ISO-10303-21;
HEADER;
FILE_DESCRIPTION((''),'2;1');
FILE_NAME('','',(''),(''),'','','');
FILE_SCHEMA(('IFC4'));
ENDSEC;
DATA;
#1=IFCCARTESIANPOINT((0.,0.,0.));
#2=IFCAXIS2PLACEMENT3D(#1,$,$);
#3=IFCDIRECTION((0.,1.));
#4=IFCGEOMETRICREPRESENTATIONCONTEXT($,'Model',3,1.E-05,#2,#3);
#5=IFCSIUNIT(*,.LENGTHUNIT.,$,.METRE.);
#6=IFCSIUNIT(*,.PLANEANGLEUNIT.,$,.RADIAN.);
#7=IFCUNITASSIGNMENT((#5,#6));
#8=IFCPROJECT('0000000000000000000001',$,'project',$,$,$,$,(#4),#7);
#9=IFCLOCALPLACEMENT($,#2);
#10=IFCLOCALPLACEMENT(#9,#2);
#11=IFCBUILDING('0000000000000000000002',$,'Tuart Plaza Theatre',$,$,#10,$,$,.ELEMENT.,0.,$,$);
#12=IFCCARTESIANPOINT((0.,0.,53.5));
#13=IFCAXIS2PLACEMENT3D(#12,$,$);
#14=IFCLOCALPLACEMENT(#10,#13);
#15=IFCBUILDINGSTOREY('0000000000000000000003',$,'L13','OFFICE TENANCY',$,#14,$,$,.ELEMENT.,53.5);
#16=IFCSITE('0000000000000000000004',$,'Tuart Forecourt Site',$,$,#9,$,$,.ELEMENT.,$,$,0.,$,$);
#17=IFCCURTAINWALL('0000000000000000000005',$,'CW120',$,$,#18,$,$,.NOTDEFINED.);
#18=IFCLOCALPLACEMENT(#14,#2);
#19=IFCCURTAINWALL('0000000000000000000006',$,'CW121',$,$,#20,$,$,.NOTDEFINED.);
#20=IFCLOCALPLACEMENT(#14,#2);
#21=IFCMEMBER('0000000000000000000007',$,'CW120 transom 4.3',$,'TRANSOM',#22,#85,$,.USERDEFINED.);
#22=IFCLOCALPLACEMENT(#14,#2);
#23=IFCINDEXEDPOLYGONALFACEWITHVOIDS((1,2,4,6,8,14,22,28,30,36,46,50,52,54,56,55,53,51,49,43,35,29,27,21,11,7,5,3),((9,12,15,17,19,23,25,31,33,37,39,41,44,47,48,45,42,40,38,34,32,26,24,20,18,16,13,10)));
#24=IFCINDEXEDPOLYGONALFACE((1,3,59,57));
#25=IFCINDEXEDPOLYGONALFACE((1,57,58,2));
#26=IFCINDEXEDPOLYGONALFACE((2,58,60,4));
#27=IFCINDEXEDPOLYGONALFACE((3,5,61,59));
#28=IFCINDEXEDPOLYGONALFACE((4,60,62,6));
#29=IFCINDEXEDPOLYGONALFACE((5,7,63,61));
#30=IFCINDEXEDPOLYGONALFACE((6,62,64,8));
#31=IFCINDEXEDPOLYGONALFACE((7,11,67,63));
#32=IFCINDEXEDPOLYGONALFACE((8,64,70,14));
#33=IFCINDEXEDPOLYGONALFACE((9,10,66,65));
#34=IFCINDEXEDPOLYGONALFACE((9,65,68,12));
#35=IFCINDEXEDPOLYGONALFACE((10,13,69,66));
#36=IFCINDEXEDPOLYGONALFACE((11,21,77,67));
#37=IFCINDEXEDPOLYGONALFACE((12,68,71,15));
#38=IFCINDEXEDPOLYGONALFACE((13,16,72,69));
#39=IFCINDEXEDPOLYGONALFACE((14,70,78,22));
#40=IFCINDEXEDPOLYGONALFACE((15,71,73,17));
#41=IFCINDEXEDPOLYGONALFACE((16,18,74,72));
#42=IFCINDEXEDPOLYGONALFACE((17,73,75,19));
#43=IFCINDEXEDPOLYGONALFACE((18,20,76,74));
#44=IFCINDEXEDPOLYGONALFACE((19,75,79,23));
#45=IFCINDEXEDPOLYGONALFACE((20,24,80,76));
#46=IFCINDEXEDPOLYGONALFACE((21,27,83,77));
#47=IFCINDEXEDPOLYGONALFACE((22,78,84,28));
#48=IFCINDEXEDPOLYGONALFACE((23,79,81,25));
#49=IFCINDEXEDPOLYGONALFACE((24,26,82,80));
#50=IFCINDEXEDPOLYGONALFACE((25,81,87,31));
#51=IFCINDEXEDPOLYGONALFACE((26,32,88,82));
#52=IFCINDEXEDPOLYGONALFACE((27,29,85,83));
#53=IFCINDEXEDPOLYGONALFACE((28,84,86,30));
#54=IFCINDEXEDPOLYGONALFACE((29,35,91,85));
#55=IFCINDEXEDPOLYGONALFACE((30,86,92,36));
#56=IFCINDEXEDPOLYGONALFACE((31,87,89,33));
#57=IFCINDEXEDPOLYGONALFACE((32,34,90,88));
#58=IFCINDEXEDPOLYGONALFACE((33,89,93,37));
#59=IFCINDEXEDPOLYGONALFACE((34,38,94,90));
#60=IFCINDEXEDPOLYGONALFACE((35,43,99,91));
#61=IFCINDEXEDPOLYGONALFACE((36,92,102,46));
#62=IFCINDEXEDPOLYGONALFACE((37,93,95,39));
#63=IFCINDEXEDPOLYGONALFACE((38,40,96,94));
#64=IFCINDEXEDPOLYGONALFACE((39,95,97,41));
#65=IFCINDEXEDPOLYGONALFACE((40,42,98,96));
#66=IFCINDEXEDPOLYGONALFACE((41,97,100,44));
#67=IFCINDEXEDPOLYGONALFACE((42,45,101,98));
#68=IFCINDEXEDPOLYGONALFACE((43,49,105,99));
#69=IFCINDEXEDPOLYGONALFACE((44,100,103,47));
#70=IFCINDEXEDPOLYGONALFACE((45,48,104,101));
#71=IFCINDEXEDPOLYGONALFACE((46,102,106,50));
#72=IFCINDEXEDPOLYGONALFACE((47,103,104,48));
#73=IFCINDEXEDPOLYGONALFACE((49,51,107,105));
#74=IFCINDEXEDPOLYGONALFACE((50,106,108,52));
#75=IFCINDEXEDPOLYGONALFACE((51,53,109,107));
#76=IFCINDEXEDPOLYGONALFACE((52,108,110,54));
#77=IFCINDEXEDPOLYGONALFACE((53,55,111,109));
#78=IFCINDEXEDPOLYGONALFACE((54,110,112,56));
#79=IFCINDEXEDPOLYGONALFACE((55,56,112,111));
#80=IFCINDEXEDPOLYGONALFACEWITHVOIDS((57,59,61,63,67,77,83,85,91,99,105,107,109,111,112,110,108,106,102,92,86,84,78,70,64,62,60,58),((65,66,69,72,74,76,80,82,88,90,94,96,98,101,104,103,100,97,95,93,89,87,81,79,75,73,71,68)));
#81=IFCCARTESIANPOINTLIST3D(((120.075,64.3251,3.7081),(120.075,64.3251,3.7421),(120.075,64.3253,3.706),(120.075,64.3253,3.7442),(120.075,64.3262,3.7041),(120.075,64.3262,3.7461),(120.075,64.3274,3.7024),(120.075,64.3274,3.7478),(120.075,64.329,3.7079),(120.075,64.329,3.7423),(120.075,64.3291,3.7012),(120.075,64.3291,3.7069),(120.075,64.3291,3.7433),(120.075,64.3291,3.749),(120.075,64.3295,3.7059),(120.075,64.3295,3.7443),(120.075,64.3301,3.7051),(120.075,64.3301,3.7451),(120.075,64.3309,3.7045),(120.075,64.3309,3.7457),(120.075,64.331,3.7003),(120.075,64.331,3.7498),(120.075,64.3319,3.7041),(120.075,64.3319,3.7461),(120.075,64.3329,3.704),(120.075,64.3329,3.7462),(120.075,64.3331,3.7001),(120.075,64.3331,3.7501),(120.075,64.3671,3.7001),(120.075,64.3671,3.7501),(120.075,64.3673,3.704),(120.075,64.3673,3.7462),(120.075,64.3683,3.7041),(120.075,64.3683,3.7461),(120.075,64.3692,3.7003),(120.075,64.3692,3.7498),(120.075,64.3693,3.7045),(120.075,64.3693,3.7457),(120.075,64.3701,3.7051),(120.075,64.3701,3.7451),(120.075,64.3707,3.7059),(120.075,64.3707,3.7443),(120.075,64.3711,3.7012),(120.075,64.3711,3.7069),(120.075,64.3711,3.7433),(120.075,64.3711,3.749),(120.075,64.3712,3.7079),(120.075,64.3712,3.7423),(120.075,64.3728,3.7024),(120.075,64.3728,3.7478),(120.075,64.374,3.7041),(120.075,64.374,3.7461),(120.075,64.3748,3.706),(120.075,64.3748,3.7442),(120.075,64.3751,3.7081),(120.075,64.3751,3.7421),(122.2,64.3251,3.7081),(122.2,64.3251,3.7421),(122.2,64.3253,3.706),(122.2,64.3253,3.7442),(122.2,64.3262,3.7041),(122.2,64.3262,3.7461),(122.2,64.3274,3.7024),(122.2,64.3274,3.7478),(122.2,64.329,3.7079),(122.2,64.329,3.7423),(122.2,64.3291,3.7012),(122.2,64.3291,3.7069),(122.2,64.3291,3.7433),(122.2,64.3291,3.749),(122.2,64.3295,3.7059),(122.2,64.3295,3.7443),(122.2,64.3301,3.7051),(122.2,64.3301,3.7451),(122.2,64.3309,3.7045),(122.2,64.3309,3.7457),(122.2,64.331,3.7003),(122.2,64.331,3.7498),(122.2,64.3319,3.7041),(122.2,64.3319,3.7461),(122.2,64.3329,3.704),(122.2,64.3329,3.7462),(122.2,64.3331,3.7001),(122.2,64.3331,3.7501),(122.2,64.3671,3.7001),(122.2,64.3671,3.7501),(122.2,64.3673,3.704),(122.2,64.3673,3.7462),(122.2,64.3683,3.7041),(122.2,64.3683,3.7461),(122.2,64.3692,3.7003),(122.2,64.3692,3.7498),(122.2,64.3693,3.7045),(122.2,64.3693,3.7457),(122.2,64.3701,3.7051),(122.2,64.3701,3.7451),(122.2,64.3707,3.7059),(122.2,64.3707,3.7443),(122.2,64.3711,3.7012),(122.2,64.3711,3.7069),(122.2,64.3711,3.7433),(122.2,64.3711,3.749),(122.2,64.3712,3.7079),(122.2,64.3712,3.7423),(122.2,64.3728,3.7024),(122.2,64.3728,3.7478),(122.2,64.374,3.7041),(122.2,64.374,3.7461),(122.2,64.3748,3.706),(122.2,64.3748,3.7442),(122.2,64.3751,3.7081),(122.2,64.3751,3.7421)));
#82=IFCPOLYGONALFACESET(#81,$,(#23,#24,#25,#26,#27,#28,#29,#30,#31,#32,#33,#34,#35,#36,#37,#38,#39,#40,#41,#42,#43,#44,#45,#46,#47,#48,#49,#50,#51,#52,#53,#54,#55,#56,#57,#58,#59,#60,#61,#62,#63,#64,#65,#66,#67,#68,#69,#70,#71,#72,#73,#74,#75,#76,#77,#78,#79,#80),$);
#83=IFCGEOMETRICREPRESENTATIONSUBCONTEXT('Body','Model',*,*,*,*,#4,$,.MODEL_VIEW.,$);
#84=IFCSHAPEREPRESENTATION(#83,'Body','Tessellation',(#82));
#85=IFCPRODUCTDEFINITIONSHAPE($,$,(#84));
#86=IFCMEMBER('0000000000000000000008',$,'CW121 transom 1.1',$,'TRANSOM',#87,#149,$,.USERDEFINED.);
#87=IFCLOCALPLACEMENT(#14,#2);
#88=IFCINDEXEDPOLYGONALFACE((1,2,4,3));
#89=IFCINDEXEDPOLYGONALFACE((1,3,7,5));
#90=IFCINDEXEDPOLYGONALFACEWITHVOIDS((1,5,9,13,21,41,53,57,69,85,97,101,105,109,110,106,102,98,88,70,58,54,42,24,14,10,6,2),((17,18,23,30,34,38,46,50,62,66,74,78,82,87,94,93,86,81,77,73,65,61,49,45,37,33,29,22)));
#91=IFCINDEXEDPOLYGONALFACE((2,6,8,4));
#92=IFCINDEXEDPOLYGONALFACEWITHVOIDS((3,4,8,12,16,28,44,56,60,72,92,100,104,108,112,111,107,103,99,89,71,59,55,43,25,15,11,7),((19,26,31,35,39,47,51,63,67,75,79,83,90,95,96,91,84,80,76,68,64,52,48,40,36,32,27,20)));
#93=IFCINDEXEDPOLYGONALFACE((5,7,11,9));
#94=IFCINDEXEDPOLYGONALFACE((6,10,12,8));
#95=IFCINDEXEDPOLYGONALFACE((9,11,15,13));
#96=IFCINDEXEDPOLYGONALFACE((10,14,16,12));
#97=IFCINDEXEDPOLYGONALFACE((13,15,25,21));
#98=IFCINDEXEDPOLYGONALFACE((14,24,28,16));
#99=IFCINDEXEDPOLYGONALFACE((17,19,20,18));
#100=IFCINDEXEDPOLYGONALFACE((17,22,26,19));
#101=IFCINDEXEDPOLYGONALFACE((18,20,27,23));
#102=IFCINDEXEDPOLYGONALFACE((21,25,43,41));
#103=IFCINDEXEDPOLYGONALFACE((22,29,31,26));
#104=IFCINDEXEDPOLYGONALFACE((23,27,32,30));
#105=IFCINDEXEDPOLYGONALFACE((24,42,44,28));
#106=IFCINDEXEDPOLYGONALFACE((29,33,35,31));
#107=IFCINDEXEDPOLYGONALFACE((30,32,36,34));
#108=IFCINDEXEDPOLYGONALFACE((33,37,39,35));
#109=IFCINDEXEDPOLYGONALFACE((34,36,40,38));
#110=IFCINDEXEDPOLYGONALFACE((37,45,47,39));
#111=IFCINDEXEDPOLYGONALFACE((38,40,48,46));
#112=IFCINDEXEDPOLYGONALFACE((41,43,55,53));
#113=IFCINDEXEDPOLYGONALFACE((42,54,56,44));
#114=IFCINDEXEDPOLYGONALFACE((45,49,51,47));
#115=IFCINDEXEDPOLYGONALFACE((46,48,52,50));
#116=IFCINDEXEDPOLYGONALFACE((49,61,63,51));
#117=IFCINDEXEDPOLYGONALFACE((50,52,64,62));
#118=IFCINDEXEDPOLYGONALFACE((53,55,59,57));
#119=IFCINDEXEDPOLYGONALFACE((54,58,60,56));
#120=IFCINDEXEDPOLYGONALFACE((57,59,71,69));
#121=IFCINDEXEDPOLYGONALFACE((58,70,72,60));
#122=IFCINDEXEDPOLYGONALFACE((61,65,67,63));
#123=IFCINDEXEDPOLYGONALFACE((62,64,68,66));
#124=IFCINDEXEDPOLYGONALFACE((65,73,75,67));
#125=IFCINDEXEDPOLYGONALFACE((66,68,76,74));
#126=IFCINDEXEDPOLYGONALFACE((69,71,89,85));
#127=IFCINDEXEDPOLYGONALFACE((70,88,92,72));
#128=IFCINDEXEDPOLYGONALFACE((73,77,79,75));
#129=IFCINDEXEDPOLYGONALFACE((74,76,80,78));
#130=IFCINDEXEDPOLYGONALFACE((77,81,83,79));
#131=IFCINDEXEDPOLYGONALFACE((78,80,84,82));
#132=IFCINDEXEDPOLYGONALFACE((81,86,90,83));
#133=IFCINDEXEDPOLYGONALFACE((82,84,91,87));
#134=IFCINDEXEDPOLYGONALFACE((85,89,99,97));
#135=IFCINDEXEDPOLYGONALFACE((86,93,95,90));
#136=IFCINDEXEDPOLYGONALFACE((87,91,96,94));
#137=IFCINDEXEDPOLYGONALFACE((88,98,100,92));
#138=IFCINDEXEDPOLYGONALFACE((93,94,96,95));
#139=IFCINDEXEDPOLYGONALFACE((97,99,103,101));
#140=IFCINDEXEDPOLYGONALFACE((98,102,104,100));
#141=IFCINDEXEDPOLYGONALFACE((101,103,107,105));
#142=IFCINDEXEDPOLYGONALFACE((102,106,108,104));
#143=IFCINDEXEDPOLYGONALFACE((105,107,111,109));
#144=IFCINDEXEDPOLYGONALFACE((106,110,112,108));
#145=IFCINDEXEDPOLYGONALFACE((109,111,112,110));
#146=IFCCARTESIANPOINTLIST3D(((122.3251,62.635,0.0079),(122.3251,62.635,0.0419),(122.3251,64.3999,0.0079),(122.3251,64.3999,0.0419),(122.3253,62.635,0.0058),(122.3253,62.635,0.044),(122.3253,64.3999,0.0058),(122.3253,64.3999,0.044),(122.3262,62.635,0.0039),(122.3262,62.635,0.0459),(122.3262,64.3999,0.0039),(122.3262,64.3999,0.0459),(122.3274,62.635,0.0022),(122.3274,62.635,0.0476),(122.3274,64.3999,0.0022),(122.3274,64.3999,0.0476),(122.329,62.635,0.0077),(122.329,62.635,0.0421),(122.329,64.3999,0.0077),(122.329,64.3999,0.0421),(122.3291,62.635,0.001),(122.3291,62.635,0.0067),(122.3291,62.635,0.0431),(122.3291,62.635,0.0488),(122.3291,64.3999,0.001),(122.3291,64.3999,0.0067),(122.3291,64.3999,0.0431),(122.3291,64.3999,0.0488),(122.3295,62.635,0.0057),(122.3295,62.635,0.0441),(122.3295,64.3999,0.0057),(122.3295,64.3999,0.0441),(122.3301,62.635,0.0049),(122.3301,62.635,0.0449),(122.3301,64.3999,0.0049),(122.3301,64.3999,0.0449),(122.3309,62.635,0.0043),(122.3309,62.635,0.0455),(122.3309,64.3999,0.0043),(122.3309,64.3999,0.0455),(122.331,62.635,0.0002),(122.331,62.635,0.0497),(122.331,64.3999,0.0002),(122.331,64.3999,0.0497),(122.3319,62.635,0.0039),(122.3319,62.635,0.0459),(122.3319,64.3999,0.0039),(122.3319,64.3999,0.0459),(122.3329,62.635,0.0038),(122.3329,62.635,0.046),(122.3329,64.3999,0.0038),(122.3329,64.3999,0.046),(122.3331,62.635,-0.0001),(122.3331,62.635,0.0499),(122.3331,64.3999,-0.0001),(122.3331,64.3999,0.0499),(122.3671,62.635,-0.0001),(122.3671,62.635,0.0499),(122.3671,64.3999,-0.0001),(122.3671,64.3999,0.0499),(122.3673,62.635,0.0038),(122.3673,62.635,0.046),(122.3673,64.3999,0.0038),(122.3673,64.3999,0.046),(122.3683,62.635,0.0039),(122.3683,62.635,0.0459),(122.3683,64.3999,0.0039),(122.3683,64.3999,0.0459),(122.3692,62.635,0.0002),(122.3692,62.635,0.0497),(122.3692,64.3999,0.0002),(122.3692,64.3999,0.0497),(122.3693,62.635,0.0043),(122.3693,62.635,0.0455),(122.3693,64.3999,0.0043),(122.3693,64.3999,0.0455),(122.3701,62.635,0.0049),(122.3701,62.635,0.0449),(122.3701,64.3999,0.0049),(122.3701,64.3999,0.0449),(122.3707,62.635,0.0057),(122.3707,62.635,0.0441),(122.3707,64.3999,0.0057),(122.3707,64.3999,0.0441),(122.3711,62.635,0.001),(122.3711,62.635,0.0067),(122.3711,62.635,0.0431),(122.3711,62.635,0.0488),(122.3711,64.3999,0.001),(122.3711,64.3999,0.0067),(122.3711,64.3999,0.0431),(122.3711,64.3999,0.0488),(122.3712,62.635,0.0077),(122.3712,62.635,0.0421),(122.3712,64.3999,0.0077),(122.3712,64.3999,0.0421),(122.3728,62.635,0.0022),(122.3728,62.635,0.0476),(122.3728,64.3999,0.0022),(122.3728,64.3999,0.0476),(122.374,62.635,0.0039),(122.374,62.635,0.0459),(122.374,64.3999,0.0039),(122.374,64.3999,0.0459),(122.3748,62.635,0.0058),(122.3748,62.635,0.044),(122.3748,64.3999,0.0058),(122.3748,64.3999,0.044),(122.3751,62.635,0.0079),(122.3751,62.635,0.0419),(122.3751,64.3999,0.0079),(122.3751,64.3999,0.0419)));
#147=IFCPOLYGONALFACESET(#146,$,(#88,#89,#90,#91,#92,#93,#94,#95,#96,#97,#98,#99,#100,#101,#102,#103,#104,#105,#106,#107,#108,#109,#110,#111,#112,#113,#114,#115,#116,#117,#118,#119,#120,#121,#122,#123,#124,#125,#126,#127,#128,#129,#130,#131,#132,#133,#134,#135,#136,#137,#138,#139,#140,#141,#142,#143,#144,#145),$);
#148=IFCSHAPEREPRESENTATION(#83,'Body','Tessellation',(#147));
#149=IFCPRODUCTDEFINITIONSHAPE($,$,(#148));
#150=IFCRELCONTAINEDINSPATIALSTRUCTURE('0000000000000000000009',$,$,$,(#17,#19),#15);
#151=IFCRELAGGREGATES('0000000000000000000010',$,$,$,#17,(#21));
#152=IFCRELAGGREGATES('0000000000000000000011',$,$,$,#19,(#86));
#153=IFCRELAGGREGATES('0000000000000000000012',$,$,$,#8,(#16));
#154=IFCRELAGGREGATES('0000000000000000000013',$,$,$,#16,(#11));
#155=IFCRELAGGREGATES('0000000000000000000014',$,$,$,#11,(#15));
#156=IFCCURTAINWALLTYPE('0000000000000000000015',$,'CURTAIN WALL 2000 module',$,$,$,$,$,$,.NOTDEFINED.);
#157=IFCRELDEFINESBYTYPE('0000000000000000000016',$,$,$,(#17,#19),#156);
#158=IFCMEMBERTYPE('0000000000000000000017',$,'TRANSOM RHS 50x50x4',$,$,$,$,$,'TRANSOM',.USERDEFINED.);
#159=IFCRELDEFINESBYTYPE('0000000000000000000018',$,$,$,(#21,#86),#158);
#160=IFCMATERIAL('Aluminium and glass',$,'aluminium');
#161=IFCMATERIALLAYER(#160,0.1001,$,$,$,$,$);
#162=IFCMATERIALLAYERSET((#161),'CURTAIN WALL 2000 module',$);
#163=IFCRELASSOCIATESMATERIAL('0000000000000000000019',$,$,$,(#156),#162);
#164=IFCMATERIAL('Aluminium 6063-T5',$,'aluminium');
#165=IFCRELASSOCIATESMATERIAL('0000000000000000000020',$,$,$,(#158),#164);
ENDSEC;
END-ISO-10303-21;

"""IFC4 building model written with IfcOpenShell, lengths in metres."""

from ifc_helpers import new_model, si_unit, direction, frame, origin, origin_2d, place, context, subcontext, project, spatial, hollow_rectangle, extrude, material, layer, layer_set, material_profile, profile_set, type_object, element, aggregate, save


model = new_model("IFC4")

# Units and contexts
model_context = context("Model", 3, precision=1e-05, world=origin(), true_north=direction((0.0, 1.0)))
body_context = subcontext(model_context, "Body", "Model", "MODEL_VIEW")
ifc_project = project(units=[si_unit("LENGTHUNIT", "METRE"), si_unit("PLANEANGLEUNIT", "RADIAN")], contexts=[model_context])

# Site, building, storey
site_placement = place(None, origin())
site = spatial("IfcSite", under=ifc_project, at=site_placement, Name="Tuart Forecourt Site", CompositionType="ELEMENT", RefElevation=0.0)
building_placement = place(site_placement, origin())
building = spatial("IfcBuilding", under=site, at=building_placement, Name="Tuart Plaza Theatre", CompositionType="ELEMENT", ElevationOfRefHeight=0.0)
storey_placement = place(building_placement, frame((0.0, 0.0, 53.5)))
storey = spatial("IfcBuildingStorey", under=building, at=storey_placement, Name="L13", Description="OFFICE TENANCY", CompositionType="ELEMENT", Elevation=53.5)

# Curtain walls
ifc_material_1 = material(Name="Aluminium and glass", Category="aluminium")
ifc_layer_1 = layer(ifc_material_1, 0.1001)
ifc_layer_set_1 = layer_set([ifc_layer_1], Name="CURTAIN WALL 2000 module")
curtain_wall_type = type_object("IfcCurtainWallType", Name="CURTAIN WALL 2000 module", PredefinedType="NOTDEFINED", material=ifc_layer_set_1)
curtain_wall_1_placement = place(storey_placement, origin())
curtain_wall_1 = element("IfcCurtainWall", 1, at=curtain_wall_1_placement, inside=storey, type_object=curtain_wall_type, Name="CW120", PredefinedType="NOTDEFINED")
curtain_wall_2_placement = place(storey_placement, origin())
curtain_wall_2 = element("IfcCurtainWall", 2, at=curtain_wall_2_placement, inside=storey, type_object=curtain_wall_type, Name="CW121", PredefinedType="NOTDEFINED")

# Members
ifc_material_2 = material(Name="Aluminium 6063-T5", Category="aluminium")
ifc_material_profile_1 = material_profile(ifc_material_2, hollow_rectangle(XDim=0.05, YDim=0.05, WallThickness=0.0039, InnerFilletRadius=0.0039, OuterFilletRadius=0.0081, at=origin_2d()), Name="RHS 50x50x4")
ifc_profile_set_1 = profile_set([ifc_material_profile_1], Name="Aluminium 6063-T5")
member_type_1 = type_object("IfcMemberType", Name="TRANSOM RHS 50x50x4", ElementType="TRANSOM", PredefinedType="USERDEFINED", material=ifc_profile_set_1)
member_1_placement = place(storey_placement, frame((120.075, 64.3501, 3.7251), z_axis=(1.0, 0.0, 0.0), x_axis=(0.0, 1.0, 0.0)))
member_1 = element("IfcMember", 3, at=member_1_placement, type_object=member_type_1, Name="CW120 transom 4.3", ObjectType="TRANSOM", PredefinedType="USERDEFINED", context=body_context, shape_type="SweptSolid", body=[
    extrude(hollow_rectangle(XDim=0.05, YDim=0.05, WallThickness=0.0039, InnerFilletRadius=0.0039, OuterFilletRadius=0.0081, at=origin_2d()), origin(), (0.0, 0.0, 1.0), 2.125),
])
member_2_placement = place(storey_placement, frame((122.3501, 64.3999, 0.0249), z_axis=(0.0, -1.0, 0.0), x_axis=(1.0, 0.0, 0.0)))
member_2 = element("IfcMember", 4, at=member_2_placement, type_object=member_type_1, Name="CW121 transom 1.1", ObjectType="TRANSOM", PredefinedType="USERDEFINED", context=body_context, shape_type="SweptSolid", body=[
    extrude(hollow_rectangle(XDim=0.05, YDim=0.05, WallThickness=0.0039, InnerFilletRadius=0.0039, OuterFilletRadius=0.0081, at=origin_2d()), origin(), (0.0, 0.0, 1.0), 1.7649),
])

aggregate(curtain_wall_1, [member_1])
aggregate(curtain_wall_2, [member_2])

save(model, "model.ifc")
